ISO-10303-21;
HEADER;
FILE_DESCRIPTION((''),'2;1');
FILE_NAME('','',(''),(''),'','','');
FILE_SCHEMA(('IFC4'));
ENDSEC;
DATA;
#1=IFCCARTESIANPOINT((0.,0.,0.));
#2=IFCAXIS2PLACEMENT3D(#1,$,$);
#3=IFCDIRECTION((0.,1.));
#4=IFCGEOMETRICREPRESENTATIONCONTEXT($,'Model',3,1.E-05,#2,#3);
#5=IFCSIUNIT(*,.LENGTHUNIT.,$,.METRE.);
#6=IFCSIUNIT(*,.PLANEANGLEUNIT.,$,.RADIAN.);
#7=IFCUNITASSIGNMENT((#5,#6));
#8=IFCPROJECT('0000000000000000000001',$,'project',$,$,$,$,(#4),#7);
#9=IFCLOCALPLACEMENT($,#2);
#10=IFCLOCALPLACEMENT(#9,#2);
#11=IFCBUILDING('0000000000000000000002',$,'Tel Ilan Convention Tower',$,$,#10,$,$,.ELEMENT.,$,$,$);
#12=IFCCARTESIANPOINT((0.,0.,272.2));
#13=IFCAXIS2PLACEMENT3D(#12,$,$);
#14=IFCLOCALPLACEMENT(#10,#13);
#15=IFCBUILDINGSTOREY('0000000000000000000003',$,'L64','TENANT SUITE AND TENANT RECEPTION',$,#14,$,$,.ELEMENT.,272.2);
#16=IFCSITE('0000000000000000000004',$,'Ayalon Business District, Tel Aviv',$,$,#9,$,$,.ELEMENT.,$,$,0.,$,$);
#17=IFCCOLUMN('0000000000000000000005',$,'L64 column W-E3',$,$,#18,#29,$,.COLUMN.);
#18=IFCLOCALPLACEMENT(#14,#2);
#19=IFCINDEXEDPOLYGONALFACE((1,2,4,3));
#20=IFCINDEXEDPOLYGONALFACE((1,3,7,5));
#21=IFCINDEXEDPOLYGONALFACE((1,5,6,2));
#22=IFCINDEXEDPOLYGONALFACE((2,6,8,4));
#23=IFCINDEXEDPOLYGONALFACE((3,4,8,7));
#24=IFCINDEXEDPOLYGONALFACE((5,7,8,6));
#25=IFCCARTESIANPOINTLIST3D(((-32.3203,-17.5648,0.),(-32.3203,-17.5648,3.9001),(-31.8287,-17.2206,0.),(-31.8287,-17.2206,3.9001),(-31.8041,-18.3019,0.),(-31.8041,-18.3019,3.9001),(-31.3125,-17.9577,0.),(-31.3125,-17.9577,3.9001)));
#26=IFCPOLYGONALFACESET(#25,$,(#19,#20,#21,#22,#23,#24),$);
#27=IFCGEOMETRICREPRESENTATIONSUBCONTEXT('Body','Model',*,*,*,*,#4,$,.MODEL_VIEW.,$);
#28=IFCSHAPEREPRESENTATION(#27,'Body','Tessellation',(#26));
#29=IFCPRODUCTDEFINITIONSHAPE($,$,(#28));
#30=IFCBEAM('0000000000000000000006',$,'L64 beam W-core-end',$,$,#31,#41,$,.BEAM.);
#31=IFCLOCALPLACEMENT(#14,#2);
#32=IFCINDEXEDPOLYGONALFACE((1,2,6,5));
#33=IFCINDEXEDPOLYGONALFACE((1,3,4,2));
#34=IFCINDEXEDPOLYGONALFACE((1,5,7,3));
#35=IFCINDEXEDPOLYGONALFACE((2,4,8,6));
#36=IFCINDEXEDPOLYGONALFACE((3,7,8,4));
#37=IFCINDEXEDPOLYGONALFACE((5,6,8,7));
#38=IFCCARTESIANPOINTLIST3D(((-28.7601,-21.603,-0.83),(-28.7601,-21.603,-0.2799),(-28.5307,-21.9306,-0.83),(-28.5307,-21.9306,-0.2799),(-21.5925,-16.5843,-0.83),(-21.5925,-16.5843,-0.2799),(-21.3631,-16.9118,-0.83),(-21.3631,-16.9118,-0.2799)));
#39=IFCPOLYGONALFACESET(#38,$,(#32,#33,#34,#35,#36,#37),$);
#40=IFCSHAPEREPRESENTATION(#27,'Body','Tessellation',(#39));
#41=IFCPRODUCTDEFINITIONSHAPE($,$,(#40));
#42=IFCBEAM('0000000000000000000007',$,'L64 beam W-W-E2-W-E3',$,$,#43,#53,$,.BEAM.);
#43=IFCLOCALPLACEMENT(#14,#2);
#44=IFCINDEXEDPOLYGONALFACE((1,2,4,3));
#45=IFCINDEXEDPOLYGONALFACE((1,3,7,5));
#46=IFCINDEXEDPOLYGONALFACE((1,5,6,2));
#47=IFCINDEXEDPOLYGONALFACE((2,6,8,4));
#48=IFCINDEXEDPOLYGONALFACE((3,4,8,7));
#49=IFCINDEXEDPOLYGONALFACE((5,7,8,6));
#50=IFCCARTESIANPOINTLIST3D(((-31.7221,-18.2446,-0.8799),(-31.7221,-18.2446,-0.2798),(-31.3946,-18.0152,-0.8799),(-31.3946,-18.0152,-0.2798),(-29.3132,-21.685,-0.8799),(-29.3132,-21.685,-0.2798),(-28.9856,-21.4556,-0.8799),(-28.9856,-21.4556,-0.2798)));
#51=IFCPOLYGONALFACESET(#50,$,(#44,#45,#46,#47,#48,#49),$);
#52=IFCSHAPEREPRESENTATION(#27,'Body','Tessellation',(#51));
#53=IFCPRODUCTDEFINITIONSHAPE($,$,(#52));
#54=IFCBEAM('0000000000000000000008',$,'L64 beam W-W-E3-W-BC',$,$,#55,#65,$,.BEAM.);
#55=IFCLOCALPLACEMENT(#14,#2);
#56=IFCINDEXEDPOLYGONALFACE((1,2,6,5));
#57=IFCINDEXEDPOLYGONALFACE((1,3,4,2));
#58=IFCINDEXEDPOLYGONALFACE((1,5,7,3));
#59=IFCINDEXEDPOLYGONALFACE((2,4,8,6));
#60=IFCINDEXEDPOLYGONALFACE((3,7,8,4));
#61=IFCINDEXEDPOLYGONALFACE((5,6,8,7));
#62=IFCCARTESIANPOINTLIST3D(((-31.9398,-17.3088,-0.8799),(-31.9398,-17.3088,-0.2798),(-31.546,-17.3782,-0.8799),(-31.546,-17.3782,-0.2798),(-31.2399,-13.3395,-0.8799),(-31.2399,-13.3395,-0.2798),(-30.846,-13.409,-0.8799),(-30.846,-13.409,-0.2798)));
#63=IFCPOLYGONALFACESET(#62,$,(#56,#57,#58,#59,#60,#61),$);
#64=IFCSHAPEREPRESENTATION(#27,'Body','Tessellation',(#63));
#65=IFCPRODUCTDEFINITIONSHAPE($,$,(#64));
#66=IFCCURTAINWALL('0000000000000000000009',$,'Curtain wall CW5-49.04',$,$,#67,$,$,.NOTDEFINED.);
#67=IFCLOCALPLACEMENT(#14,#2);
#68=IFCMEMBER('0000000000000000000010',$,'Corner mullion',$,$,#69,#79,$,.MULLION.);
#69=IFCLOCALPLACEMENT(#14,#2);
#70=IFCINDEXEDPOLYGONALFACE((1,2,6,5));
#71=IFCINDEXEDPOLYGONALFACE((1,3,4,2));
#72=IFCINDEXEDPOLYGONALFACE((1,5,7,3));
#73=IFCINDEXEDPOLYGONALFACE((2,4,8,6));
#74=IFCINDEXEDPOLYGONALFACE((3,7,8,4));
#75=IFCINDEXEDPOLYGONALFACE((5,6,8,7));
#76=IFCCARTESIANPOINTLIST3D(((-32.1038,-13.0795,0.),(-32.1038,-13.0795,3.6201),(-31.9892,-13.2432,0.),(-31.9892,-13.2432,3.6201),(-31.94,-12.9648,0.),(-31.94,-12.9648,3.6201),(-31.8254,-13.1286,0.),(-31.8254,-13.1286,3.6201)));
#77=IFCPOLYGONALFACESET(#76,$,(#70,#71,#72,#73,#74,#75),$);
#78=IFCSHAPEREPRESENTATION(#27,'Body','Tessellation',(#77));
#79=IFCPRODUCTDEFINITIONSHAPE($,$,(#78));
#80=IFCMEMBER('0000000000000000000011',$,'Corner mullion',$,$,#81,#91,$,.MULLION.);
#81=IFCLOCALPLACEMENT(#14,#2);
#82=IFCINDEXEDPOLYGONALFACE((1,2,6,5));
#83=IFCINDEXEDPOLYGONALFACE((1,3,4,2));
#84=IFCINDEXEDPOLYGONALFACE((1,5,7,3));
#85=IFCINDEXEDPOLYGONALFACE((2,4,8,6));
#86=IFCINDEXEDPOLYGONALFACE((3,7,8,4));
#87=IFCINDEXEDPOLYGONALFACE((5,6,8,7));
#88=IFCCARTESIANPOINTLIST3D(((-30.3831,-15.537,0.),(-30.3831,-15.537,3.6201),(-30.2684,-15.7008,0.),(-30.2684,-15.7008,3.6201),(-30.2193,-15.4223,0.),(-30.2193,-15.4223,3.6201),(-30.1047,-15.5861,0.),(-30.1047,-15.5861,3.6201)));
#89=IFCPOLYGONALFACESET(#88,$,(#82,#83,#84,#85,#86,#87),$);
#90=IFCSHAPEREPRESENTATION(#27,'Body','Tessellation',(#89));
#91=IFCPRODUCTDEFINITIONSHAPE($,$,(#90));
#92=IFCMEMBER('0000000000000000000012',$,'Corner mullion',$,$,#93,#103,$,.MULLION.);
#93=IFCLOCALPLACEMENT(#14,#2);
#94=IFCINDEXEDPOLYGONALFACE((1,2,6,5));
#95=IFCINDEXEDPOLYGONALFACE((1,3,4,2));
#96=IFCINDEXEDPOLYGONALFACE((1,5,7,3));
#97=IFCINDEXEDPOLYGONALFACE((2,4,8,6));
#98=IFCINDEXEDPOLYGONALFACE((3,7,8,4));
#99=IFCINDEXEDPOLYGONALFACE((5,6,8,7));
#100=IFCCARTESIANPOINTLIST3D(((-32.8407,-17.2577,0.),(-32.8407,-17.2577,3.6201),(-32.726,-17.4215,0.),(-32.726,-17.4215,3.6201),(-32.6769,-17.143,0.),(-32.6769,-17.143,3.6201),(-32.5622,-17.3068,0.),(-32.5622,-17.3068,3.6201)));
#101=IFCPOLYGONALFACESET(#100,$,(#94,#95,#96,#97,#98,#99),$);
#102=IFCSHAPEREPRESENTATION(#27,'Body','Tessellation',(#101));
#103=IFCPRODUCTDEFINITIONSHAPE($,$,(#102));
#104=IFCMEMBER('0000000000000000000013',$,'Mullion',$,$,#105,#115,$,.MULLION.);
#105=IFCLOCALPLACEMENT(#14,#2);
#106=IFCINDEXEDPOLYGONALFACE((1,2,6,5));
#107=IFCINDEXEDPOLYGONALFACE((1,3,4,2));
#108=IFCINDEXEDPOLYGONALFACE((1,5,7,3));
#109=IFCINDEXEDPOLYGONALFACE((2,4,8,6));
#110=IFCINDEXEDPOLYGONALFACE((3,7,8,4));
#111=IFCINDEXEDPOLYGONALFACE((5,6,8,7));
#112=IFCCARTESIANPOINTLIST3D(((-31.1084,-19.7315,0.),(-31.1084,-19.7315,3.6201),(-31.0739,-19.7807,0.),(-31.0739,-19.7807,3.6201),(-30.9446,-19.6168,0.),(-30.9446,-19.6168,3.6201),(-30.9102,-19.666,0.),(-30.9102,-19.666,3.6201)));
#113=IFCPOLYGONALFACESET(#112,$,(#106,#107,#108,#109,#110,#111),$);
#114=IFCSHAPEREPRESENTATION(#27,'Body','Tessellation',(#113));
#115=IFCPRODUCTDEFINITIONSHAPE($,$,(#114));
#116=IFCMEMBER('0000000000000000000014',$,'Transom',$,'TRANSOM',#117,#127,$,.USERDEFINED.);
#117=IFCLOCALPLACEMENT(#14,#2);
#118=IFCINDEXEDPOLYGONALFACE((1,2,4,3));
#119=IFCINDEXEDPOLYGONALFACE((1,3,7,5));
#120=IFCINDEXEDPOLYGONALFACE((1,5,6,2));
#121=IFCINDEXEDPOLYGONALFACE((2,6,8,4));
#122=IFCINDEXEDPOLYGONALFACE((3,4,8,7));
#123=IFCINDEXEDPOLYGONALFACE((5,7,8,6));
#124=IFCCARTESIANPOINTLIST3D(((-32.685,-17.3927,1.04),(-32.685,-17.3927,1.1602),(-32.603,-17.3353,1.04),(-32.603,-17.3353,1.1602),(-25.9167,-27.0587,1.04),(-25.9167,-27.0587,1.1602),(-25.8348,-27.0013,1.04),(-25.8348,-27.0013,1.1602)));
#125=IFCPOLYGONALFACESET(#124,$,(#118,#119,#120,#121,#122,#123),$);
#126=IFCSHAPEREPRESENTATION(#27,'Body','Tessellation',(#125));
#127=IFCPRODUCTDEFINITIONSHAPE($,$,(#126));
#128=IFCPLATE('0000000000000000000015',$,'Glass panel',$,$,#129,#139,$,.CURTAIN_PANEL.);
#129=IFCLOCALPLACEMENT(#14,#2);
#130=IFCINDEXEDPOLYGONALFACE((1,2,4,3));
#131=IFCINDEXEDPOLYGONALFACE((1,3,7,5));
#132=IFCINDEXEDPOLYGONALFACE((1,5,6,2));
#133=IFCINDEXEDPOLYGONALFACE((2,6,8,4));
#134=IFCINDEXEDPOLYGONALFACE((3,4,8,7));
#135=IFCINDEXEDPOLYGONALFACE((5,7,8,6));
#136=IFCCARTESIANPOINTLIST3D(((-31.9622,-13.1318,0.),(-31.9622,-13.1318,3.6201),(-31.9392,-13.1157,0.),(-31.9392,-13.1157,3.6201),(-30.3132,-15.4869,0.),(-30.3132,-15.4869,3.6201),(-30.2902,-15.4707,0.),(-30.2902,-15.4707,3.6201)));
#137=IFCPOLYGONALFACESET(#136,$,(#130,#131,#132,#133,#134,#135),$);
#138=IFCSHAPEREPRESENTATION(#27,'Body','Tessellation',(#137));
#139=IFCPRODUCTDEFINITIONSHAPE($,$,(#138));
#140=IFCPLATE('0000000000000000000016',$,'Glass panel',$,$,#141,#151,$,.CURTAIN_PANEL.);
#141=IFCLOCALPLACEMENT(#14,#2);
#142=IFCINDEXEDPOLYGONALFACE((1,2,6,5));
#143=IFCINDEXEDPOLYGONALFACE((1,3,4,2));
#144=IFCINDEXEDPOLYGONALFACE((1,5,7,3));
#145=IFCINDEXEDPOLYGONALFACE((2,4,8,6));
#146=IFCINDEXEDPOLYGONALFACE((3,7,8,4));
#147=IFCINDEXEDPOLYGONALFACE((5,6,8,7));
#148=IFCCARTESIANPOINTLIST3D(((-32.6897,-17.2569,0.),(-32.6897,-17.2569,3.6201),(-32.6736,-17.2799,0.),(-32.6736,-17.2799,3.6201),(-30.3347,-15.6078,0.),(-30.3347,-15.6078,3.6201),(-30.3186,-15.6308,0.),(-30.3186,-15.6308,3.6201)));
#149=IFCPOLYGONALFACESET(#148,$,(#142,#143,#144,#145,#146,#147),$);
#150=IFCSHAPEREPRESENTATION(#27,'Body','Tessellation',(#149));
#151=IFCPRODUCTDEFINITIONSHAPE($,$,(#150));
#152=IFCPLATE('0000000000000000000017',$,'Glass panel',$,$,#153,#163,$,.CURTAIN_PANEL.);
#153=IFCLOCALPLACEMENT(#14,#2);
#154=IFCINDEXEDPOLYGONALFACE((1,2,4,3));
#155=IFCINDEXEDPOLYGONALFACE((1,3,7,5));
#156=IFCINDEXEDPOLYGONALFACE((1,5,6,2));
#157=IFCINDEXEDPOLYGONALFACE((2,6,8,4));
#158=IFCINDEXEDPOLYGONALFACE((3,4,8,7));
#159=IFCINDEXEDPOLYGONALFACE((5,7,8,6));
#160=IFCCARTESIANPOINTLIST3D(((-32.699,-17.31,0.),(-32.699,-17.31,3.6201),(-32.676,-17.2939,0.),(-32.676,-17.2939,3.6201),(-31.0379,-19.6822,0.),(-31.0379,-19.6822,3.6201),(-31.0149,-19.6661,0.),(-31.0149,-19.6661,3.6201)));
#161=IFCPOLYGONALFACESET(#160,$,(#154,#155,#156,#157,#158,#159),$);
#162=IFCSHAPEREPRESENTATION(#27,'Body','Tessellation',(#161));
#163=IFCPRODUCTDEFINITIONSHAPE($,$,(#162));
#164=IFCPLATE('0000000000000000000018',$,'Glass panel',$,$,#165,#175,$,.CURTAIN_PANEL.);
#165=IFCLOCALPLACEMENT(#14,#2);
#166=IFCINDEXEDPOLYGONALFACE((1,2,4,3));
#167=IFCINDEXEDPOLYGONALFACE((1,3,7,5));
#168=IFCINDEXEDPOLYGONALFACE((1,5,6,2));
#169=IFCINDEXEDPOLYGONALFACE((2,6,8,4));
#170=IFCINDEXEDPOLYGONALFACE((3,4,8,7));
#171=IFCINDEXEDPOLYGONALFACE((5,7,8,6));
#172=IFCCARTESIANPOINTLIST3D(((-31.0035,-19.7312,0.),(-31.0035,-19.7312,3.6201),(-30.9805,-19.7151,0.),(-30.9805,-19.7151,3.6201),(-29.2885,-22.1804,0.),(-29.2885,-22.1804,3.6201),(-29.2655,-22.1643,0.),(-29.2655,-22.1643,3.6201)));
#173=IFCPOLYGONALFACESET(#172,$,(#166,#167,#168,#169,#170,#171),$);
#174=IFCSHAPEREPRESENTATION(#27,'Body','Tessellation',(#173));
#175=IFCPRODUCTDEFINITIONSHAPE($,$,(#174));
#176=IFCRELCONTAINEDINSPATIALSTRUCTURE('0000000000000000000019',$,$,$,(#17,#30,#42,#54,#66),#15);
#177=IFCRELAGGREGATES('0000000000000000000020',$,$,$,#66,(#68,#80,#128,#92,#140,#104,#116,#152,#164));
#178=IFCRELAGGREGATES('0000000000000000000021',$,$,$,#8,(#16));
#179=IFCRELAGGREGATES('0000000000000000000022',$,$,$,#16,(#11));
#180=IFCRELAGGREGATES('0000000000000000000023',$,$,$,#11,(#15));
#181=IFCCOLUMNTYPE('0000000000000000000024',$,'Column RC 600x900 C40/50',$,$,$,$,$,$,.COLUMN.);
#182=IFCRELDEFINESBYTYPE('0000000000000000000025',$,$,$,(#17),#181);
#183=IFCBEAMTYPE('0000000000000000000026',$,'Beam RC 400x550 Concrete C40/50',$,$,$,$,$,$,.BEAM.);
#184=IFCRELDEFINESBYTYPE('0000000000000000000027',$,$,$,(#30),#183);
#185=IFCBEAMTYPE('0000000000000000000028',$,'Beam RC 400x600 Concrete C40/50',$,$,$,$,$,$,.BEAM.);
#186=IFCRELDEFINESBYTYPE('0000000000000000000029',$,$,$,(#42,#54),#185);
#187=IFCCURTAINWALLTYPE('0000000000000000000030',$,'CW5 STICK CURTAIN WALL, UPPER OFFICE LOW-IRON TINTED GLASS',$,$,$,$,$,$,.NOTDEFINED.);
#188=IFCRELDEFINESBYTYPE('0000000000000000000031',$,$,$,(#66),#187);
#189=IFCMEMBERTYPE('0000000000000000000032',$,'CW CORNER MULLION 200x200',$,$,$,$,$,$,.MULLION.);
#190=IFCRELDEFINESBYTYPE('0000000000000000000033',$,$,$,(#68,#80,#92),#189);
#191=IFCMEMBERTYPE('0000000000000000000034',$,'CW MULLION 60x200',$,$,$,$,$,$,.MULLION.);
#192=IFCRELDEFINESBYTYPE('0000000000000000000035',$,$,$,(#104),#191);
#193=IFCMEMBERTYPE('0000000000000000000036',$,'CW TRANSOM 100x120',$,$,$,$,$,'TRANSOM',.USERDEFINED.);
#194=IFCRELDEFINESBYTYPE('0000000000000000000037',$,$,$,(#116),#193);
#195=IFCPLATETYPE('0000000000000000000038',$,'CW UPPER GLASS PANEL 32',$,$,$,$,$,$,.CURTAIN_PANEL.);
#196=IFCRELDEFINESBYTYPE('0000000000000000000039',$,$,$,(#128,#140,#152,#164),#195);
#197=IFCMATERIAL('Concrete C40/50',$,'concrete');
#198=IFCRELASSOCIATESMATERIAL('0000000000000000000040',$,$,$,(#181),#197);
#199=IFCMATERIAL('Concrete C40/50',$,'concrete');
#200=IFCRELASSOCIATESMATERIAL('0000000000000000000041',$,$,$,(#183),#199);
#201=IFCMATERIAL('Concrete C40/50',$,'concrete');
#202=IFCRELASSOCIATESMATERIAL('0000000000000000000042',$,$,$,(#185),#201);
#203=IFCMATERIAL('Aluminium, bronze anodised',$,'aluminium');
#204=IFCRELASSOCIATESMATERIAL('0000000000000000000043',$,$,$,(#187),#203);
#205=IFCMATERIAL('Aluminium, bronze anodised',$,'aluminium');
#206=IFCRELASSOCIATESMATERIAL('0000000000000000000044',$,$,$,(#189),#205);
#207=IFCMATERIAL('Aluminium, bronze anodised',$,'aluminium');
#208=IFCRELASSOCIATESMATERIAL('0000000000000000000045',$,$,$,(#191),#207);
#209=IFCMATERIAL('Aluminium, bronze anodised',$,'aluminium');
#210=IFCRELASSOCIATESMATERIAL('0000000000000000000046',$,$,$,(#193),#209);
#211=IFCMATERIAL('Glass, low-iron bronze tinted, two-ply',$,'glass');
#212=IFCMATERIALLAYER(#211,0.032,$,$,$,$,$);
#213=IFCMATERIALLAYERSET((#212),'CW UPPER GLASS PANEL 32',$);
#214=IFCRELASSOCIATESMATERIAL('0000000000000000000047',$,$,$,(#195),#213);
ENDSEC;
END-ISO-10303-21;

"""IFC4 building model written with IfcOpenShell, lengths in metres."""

from ifc_helpers import new_model, si_unit, direction, frame, origin, origin_2d, place, context, subcontext, project, spatial, rectangle, extrude, material, layer, layer_set, material_profile, profile_set, type_object, element, aggregate, save


model = new_model("IFC4")

# Units and contexts
model_context = context("Model", 3, precision=1e-05, world=origin(), true_north=direction((0.0, 1.0)))
body_context = subcontext(model_context, "Body", "Model", "MODEL_VIEW")
ifc_project = project(units=[si_unit("LENGTHUNIT", "METRE"), si_unit("PLANEANGLEUNIT", "RADIAN")], contexts=[model_context])

# Site, building, storey
site_placement = place(None, origin())
site = spatial("IfcSite", under=ifc_project, at=site_placement, Name="Ayalon Business District, Tel Aviv", CompositionType="ELEMENT", RefElevation=0.0)
building_placement = place(site_placement, origin())
building = spatial("IfcBuilding", under=site, at=building_placement, Name="Tel Ilan Convention Tower", CompositionType="ELEMENT")
storey_placement = place(building_placement, frame((0.0, 0.0, 272.2)))
storey = spatial("IfcBuildingStorey", under=building, at=storey_placement, Name="L64", Description="TENANT SUITE AND TENANT RECEPTION", CompositionType="ELEMENT", Elevation=272.2)

# Column
ifc_material_1 = material(Name="Concrete C40/50", Category="concrete")
ifc_material_profile_1 = material_profile(ifc_material_1, rectangle(XDim=0.8999, YDim=0.6001, at=origin_2d()), Name="RC 600x900")
ifc_profile_set_1 = profile_set([ifc_material_profile_1], Name="Concrete C40/50")
column_type = type_object("IfcColumnType", Name="Column RC 600x900 C40/50", PredefinedType="COLUMN", material=ifc_profile_set_1)
column_placement = place(storey_placement, frame((-31.8164, -17.7612, 0.0), z_axis=(0.0, 0.0, 1.0), x_axis=(-0.573576, 0.819152, 0.0)))
element("IfcColumn", 1, at=column_placement, inside=storey, type_object=column_type, Name="L64 column W-E3", PredefinedType="COLUMN", context=body_context, shape_type="SweptSolid", body=[
    extrude(rectangle(XDim=0.8999, YDim=0.6001, at=origin_2d()), origin(), (0.0, 0.0, 1.0), 3.9001),
])

# Beams
ifc_material_2 = material(Name="Concrete C40/50", Category="concrete")
ifc_material_profile_2 = material_profile(ifc_material_2, rectangle(XDim=0.3999, YDim=0.55, at=origin_2d()), Name="RC 400x550")
ifc_profile_set_2 = profile_set([ifc_material_profile_2], Name="Concrete C40/50")
beam_type_1 = type_object("IfcBeamType", Name="Beam RC 400x550 Concrete C40/50", PredefinedType="BEAM", material=ifc_profile_set_2)
beam_1_placement = place(storey_placement, frame((-21.4778, -16.748, -0.5549), z_axis=(-0.819157, -0.573569, 0.0), x_axis=(0.573569, -0.819157, 0.0)))
element("IfcBeam", 2, at=beam_1_placement, inside=storey, type_object=beam_type_1, Name="L64 beam W-core-end", PredefinedType="BEAM", context=body_context, shape_type="SweptSolid", body=[
    extrude(rectangle(XDim=0.3999, YDim=0.55, at=origin_2d()), origin(), (0.0, 0.0, 1.0), 8.75),
])
ifc_material_3 = material(Name="Concrete C40/50", Category="concrete")
ifc_material_profile_3 = material_profile(ifc_material_3, rectangle(XDim=0.3999, YDim=0.6001, at=origin_2d()), Name="RC 400x600")
ifc_profile_set_3 = profile_set([ifc_material_profile_3], Name="Concrete C40/50")
beam_type_2 = type_object("IfcBeamType", Name="Beam RC 400x600 Concrete C40/50", PredefinedType="BEAM", material=ifc_profile_set_3)
beam_2_placement = place(storey_placement, frame((-29.1494, -21.5703, -0.5798), z_axis=(-0.573564, 0.819161, 0.0), x_axis=(-0.819161, -0.573564, 0.0)))
element("IfcBeam", 3, at=beam_2_placement, inside=storey, type_object=beam_type_2, Name="L64 beam W-W-E2-W-E3", PredefinedType="BEAM", context=body_context, shape_type="SweptSolid", body=[
    extrude(rectangle(XDim=0.3999, YDim=0.6001, at=origin_2d()), origin(), (0.0, 0.0, 1.0), 4.2),
])
beam_3_placement = place(storey_placement, frame((-31.7429, -17.3435, -0.5798), z_axis=(0.173664, 0.984805, 0.0), x_axis=(-0.984805, 0.173664, 0.0)))
element("IfcBeam", 4, at=beam_3_placement, inside=storey, type_object=beam_type_2, Name="L64 beam W-W-E3-W-BC", PredefinedType="BEAM", context=body_context, shape_type="SweptSolid", body=[
    extrude(rectangle(XDim=0.3999, YDim=0.6001, at=origin_2d()), origin(), (0.0, 0.0, 1.0), 4.0305),
])

# Curtain wall, members, plates
ifc_material_4 = material(Name="Aluminium, bronze anodised", Category="aluminium")
curtain_wall_type = type_object("IfcCurtainWallType", Name="CW5 STICK CURTAIN WALL, UPPER OFFICE LOW-IRON TINTED GLASS", PredefinedType="NOTDEFINED", material=ifc_material_4)
curtain_wall_placement = place(storey_placement, origin())
curtain_wall = element("IfcCurtainWall", 5, at=curtain_wall_placement, inside=storey, type_object=curtain_wall_type, Name="Curtain wall CW5-49.04", PredefinedType="NOTDEFINED")
ifc_material_5 = material(Name="Aluminium, bronze anodised", Category="aluminium")
ifc_material_profile_4 = material_profile(ifc_material_5, rectangle(XDim=0.2, YDim=0.2, at=origin_2d()), Name="CW CORNER MULLION 200x200")
ifc_profile_set_4 = profile_set([ifc_material_profile_4], Name="Aluminium, bronze anodised")
member_type_1 = type_object("IfcMemberType", Name="CW CORNER MULLION 200x200", PredefinedType="MULLION", material=ifc_profile_set_4)
member_1_placement = place(storey_placement, frame((-31.9646, -13.104, 0.0), z_axis=(0.0, 0.0, 1.0), x_axis=(-0.819152, -0.573576, 0.0)))
member_1 = element("IfcMember", 6, at=member_1_placement, type_object=member_type_1, Name="Corner mullion", PredefinedType="MULLION", context=body_context, shape_type="SweptSolid", body=[
    extrude(rectangle(XDim=0.2, YDim=0.2, at=origin_2d()), origin(), (0.0, 0.0, 1.0), 3.6201),
])
member_2_placement = place(storey_placement, frame((-30.2439, -15.5615, 0.0), z_axis=(0.0, 0.0, 1.0), x_axis=(0.573576, -0.819152, 0.0)))
member_2 = element("IfcMember", 7, at=member_2_placement, type_object=member_type_1, Name="Corner mullion", PredefinedType="MULLION", context=body_context, shape_type="SweptSolid", body=[
    extrude(rectangle(XDim=0.2, YDim=0.2, at=origin_2d()), origin(), (0.0, 0.0, 1.0), 3.6201),
])
member_3_placement = place(storey_placement, frame((-32.7014, -17.2822, 0.0), z_axis=(0.0, 0.0, 1.0), x_axis=(-0.819152, -0.573576, 0.0)))
member_3 = element("IfcMember", 8, at=member_3_placement, type_object=member_type_1, Name="Corner mullion", PredefinedType="MULLION", context=body_context, shape_type="SweptSolid", body=[
    extrude(rectangle(XDim=0.2, YDim=0.2, at=origin_2d()), origin(), (0.0, 0.0, 1.0), 3.6201),
])
ifc_material_6 = material(Name="Aluminium, bronze anodised", Category="aluminium")
ifc_material_profile_5 = material_profile(ifc_material_6, rectangle(XDim=0.0601, YDim=0.2, at=origin_2d()), Name="CW MULLION 60x200")
ifc_profile_set_5 = profile_set([ifc_material_profile_5], Name="Aluminium, bronze anodised")
member_type_2 = type_object("IfcMemberType", Name="CW MULLION 60x200", PredefinedType="MULLION", material=ifc_profile_set_5)
member_4_placement = place(storey_placement, frame((-31.0093, -19.6987, 0.0), z_axis=(0.0, 0.0, 1.0), x_axis=(0.573576, -0.819152, 0.0)))
member_4 = element("IfcMember", 9, at=member_4_placement, type_object=member_type_2, Name="Mullion", PredefinedType="MULLION", context=body_context, shape_type="SweptSolid", body=[
    extrude(rectangle(XDim=0.0601, YDim=0.2, at=origin_2d()), origin(), (0.0, 0.0, 1.0), 3.6201),
])
ifc_material_7 = material(Name="Aluminium, bronze anodised", Category="aluminium")
ifc_material_profile_6 = material_profile(ifc_material_7, rectangle(XDim=0.1001, YDim=0.1201, at=origin_2d()), Name="CW TRANSOM 100x120")
ifc_profile_set_6 = profile_set([ifc_material_profile_6], Name="Aluminium, bronze anodised")
member_type_3 = type_object("IfcMemberType", Name="CW TRANSOM 100x120", ElementType="TRANSOM", PredefinedType="USERDEFINED", material=ifc_profile_set_6)
member_5_placement = place(storey_placement, frame((-32.644, -17.364, 1.1001), z_axis=(0.573582, -0.819148, 0.0), x_axis=(0.819148, 0.573582, 0.0)))
member_5 = element("IfcMember", 10, at=member_5_placement, type_object=member_type_3, Name="Transom", ObjectType="TRANSOM", PredefinedType="USERDEFINED", context=body_context, shape_type="SweptSolid", body=[
    extrude(rectangle(XDim=0.1001, YDim=0.1201, at=origin_2d()), origin(), (0.0, 0.0, 1.0), 11.8),
])
ifc_material_8 = material(Name="Glass, low-iron bronze tinted, two-ply", Category="glass")
ifc_layer_1 = layer(ifc_material_8, 0.032)
ifc_layer_set_1 = layer_set([ifc_layer_1], Name="CW UPPER GLASS PANEL 32")
plate_type = type_object("IfcPlateType", Name="CW UPPER GLASS PANEL 32", PredefinedType="CURTAIN_PANEL", material=ifc_layer_set_1)
plate_1_placement = place(storey_placement, frame((-31.1262, -14.3013, 0.0), z_axis=(0.0, 0.0, 1.0), x_axis=(0.573576, -0.819152, 0.0)))
plate_1 = element("IfcPlate", 11, at=plate_1_placement, type_object=plate_type, Name="Glass panel", PredefinedType="CURTAIN_PANEL", context=body_context, shape_type="SweptSolid", body=[
    extrude(rectangle(XDim=2.875, YDim=0.0281, at=origin_2d()), origin(), (0.0, 0.0, 1.0), 3.6201),
])
plate_2_placement = place(storey_placement, frame((-31.5042, -16.4438, 0.0), z_axis=(0.0, 0.0, 1.0), x_axis=(-0.819152, -0.573576, 0.0)))
plate_2 = element("IfcPlate", 12, at=plate_2_placement, type_object=plate_type, Name="Glass panel", PredefinedType="CURTAIN_PANEL", context=body_context, shape_type="SweptSolid", body=[
    extrude(rectangle(XDim=2.875, YDim=0.0281, at=origin_2d()), origin(), (0.0, 0.0, 1.0), 3.6201),
])
plate_3_placement = place(storey_placement, frame((-31.8569, -18.488, 0.0), z_axis=(0.0, 0.0, 1.0), x_axis=(0.573576, -0.819152, 0.0)))
plate_3 = element("IfcPlate", 13, at=plate_3_placement, type_object=plate_type, Name="Glass panel", PredefinedType="CURTAIN_PANEL", context=body_context, shape_type="SweptSolid", body=[
    extrude(rectangle(XDim=2.896, YDim=0.0281, at=origin_2d()), origin(), (0.0, 0.0, 1.0), 3.6201),
])
plate_4_placement = place(storey_placement, frame((-30.1345, -20.9478, 0.0), z_axis=(0.0, 0.0, 1.0), x_axis=(0.573576, -0.819152, 0.0)))
plate_4 = element("IfcPlate", 14, at=plate_4_placement, type_object=plate_type, Name="Glass panel", PredefinedType="CURTAIN_PANEL", context=body_context, shape_type="SweptSolid", body=[
    extrude(rectangle(XDim=2.99, YDim=0.0281, at=origin_2d()), origin(), (0.0, 0.0, 1.0), 3.6201),
])
aggregate(curtain_wall, [member_1, member_2, plate_1, member_3, plate_2, member_4, member_5, plate_3, plate_4])

save(model, "model.ifc")
